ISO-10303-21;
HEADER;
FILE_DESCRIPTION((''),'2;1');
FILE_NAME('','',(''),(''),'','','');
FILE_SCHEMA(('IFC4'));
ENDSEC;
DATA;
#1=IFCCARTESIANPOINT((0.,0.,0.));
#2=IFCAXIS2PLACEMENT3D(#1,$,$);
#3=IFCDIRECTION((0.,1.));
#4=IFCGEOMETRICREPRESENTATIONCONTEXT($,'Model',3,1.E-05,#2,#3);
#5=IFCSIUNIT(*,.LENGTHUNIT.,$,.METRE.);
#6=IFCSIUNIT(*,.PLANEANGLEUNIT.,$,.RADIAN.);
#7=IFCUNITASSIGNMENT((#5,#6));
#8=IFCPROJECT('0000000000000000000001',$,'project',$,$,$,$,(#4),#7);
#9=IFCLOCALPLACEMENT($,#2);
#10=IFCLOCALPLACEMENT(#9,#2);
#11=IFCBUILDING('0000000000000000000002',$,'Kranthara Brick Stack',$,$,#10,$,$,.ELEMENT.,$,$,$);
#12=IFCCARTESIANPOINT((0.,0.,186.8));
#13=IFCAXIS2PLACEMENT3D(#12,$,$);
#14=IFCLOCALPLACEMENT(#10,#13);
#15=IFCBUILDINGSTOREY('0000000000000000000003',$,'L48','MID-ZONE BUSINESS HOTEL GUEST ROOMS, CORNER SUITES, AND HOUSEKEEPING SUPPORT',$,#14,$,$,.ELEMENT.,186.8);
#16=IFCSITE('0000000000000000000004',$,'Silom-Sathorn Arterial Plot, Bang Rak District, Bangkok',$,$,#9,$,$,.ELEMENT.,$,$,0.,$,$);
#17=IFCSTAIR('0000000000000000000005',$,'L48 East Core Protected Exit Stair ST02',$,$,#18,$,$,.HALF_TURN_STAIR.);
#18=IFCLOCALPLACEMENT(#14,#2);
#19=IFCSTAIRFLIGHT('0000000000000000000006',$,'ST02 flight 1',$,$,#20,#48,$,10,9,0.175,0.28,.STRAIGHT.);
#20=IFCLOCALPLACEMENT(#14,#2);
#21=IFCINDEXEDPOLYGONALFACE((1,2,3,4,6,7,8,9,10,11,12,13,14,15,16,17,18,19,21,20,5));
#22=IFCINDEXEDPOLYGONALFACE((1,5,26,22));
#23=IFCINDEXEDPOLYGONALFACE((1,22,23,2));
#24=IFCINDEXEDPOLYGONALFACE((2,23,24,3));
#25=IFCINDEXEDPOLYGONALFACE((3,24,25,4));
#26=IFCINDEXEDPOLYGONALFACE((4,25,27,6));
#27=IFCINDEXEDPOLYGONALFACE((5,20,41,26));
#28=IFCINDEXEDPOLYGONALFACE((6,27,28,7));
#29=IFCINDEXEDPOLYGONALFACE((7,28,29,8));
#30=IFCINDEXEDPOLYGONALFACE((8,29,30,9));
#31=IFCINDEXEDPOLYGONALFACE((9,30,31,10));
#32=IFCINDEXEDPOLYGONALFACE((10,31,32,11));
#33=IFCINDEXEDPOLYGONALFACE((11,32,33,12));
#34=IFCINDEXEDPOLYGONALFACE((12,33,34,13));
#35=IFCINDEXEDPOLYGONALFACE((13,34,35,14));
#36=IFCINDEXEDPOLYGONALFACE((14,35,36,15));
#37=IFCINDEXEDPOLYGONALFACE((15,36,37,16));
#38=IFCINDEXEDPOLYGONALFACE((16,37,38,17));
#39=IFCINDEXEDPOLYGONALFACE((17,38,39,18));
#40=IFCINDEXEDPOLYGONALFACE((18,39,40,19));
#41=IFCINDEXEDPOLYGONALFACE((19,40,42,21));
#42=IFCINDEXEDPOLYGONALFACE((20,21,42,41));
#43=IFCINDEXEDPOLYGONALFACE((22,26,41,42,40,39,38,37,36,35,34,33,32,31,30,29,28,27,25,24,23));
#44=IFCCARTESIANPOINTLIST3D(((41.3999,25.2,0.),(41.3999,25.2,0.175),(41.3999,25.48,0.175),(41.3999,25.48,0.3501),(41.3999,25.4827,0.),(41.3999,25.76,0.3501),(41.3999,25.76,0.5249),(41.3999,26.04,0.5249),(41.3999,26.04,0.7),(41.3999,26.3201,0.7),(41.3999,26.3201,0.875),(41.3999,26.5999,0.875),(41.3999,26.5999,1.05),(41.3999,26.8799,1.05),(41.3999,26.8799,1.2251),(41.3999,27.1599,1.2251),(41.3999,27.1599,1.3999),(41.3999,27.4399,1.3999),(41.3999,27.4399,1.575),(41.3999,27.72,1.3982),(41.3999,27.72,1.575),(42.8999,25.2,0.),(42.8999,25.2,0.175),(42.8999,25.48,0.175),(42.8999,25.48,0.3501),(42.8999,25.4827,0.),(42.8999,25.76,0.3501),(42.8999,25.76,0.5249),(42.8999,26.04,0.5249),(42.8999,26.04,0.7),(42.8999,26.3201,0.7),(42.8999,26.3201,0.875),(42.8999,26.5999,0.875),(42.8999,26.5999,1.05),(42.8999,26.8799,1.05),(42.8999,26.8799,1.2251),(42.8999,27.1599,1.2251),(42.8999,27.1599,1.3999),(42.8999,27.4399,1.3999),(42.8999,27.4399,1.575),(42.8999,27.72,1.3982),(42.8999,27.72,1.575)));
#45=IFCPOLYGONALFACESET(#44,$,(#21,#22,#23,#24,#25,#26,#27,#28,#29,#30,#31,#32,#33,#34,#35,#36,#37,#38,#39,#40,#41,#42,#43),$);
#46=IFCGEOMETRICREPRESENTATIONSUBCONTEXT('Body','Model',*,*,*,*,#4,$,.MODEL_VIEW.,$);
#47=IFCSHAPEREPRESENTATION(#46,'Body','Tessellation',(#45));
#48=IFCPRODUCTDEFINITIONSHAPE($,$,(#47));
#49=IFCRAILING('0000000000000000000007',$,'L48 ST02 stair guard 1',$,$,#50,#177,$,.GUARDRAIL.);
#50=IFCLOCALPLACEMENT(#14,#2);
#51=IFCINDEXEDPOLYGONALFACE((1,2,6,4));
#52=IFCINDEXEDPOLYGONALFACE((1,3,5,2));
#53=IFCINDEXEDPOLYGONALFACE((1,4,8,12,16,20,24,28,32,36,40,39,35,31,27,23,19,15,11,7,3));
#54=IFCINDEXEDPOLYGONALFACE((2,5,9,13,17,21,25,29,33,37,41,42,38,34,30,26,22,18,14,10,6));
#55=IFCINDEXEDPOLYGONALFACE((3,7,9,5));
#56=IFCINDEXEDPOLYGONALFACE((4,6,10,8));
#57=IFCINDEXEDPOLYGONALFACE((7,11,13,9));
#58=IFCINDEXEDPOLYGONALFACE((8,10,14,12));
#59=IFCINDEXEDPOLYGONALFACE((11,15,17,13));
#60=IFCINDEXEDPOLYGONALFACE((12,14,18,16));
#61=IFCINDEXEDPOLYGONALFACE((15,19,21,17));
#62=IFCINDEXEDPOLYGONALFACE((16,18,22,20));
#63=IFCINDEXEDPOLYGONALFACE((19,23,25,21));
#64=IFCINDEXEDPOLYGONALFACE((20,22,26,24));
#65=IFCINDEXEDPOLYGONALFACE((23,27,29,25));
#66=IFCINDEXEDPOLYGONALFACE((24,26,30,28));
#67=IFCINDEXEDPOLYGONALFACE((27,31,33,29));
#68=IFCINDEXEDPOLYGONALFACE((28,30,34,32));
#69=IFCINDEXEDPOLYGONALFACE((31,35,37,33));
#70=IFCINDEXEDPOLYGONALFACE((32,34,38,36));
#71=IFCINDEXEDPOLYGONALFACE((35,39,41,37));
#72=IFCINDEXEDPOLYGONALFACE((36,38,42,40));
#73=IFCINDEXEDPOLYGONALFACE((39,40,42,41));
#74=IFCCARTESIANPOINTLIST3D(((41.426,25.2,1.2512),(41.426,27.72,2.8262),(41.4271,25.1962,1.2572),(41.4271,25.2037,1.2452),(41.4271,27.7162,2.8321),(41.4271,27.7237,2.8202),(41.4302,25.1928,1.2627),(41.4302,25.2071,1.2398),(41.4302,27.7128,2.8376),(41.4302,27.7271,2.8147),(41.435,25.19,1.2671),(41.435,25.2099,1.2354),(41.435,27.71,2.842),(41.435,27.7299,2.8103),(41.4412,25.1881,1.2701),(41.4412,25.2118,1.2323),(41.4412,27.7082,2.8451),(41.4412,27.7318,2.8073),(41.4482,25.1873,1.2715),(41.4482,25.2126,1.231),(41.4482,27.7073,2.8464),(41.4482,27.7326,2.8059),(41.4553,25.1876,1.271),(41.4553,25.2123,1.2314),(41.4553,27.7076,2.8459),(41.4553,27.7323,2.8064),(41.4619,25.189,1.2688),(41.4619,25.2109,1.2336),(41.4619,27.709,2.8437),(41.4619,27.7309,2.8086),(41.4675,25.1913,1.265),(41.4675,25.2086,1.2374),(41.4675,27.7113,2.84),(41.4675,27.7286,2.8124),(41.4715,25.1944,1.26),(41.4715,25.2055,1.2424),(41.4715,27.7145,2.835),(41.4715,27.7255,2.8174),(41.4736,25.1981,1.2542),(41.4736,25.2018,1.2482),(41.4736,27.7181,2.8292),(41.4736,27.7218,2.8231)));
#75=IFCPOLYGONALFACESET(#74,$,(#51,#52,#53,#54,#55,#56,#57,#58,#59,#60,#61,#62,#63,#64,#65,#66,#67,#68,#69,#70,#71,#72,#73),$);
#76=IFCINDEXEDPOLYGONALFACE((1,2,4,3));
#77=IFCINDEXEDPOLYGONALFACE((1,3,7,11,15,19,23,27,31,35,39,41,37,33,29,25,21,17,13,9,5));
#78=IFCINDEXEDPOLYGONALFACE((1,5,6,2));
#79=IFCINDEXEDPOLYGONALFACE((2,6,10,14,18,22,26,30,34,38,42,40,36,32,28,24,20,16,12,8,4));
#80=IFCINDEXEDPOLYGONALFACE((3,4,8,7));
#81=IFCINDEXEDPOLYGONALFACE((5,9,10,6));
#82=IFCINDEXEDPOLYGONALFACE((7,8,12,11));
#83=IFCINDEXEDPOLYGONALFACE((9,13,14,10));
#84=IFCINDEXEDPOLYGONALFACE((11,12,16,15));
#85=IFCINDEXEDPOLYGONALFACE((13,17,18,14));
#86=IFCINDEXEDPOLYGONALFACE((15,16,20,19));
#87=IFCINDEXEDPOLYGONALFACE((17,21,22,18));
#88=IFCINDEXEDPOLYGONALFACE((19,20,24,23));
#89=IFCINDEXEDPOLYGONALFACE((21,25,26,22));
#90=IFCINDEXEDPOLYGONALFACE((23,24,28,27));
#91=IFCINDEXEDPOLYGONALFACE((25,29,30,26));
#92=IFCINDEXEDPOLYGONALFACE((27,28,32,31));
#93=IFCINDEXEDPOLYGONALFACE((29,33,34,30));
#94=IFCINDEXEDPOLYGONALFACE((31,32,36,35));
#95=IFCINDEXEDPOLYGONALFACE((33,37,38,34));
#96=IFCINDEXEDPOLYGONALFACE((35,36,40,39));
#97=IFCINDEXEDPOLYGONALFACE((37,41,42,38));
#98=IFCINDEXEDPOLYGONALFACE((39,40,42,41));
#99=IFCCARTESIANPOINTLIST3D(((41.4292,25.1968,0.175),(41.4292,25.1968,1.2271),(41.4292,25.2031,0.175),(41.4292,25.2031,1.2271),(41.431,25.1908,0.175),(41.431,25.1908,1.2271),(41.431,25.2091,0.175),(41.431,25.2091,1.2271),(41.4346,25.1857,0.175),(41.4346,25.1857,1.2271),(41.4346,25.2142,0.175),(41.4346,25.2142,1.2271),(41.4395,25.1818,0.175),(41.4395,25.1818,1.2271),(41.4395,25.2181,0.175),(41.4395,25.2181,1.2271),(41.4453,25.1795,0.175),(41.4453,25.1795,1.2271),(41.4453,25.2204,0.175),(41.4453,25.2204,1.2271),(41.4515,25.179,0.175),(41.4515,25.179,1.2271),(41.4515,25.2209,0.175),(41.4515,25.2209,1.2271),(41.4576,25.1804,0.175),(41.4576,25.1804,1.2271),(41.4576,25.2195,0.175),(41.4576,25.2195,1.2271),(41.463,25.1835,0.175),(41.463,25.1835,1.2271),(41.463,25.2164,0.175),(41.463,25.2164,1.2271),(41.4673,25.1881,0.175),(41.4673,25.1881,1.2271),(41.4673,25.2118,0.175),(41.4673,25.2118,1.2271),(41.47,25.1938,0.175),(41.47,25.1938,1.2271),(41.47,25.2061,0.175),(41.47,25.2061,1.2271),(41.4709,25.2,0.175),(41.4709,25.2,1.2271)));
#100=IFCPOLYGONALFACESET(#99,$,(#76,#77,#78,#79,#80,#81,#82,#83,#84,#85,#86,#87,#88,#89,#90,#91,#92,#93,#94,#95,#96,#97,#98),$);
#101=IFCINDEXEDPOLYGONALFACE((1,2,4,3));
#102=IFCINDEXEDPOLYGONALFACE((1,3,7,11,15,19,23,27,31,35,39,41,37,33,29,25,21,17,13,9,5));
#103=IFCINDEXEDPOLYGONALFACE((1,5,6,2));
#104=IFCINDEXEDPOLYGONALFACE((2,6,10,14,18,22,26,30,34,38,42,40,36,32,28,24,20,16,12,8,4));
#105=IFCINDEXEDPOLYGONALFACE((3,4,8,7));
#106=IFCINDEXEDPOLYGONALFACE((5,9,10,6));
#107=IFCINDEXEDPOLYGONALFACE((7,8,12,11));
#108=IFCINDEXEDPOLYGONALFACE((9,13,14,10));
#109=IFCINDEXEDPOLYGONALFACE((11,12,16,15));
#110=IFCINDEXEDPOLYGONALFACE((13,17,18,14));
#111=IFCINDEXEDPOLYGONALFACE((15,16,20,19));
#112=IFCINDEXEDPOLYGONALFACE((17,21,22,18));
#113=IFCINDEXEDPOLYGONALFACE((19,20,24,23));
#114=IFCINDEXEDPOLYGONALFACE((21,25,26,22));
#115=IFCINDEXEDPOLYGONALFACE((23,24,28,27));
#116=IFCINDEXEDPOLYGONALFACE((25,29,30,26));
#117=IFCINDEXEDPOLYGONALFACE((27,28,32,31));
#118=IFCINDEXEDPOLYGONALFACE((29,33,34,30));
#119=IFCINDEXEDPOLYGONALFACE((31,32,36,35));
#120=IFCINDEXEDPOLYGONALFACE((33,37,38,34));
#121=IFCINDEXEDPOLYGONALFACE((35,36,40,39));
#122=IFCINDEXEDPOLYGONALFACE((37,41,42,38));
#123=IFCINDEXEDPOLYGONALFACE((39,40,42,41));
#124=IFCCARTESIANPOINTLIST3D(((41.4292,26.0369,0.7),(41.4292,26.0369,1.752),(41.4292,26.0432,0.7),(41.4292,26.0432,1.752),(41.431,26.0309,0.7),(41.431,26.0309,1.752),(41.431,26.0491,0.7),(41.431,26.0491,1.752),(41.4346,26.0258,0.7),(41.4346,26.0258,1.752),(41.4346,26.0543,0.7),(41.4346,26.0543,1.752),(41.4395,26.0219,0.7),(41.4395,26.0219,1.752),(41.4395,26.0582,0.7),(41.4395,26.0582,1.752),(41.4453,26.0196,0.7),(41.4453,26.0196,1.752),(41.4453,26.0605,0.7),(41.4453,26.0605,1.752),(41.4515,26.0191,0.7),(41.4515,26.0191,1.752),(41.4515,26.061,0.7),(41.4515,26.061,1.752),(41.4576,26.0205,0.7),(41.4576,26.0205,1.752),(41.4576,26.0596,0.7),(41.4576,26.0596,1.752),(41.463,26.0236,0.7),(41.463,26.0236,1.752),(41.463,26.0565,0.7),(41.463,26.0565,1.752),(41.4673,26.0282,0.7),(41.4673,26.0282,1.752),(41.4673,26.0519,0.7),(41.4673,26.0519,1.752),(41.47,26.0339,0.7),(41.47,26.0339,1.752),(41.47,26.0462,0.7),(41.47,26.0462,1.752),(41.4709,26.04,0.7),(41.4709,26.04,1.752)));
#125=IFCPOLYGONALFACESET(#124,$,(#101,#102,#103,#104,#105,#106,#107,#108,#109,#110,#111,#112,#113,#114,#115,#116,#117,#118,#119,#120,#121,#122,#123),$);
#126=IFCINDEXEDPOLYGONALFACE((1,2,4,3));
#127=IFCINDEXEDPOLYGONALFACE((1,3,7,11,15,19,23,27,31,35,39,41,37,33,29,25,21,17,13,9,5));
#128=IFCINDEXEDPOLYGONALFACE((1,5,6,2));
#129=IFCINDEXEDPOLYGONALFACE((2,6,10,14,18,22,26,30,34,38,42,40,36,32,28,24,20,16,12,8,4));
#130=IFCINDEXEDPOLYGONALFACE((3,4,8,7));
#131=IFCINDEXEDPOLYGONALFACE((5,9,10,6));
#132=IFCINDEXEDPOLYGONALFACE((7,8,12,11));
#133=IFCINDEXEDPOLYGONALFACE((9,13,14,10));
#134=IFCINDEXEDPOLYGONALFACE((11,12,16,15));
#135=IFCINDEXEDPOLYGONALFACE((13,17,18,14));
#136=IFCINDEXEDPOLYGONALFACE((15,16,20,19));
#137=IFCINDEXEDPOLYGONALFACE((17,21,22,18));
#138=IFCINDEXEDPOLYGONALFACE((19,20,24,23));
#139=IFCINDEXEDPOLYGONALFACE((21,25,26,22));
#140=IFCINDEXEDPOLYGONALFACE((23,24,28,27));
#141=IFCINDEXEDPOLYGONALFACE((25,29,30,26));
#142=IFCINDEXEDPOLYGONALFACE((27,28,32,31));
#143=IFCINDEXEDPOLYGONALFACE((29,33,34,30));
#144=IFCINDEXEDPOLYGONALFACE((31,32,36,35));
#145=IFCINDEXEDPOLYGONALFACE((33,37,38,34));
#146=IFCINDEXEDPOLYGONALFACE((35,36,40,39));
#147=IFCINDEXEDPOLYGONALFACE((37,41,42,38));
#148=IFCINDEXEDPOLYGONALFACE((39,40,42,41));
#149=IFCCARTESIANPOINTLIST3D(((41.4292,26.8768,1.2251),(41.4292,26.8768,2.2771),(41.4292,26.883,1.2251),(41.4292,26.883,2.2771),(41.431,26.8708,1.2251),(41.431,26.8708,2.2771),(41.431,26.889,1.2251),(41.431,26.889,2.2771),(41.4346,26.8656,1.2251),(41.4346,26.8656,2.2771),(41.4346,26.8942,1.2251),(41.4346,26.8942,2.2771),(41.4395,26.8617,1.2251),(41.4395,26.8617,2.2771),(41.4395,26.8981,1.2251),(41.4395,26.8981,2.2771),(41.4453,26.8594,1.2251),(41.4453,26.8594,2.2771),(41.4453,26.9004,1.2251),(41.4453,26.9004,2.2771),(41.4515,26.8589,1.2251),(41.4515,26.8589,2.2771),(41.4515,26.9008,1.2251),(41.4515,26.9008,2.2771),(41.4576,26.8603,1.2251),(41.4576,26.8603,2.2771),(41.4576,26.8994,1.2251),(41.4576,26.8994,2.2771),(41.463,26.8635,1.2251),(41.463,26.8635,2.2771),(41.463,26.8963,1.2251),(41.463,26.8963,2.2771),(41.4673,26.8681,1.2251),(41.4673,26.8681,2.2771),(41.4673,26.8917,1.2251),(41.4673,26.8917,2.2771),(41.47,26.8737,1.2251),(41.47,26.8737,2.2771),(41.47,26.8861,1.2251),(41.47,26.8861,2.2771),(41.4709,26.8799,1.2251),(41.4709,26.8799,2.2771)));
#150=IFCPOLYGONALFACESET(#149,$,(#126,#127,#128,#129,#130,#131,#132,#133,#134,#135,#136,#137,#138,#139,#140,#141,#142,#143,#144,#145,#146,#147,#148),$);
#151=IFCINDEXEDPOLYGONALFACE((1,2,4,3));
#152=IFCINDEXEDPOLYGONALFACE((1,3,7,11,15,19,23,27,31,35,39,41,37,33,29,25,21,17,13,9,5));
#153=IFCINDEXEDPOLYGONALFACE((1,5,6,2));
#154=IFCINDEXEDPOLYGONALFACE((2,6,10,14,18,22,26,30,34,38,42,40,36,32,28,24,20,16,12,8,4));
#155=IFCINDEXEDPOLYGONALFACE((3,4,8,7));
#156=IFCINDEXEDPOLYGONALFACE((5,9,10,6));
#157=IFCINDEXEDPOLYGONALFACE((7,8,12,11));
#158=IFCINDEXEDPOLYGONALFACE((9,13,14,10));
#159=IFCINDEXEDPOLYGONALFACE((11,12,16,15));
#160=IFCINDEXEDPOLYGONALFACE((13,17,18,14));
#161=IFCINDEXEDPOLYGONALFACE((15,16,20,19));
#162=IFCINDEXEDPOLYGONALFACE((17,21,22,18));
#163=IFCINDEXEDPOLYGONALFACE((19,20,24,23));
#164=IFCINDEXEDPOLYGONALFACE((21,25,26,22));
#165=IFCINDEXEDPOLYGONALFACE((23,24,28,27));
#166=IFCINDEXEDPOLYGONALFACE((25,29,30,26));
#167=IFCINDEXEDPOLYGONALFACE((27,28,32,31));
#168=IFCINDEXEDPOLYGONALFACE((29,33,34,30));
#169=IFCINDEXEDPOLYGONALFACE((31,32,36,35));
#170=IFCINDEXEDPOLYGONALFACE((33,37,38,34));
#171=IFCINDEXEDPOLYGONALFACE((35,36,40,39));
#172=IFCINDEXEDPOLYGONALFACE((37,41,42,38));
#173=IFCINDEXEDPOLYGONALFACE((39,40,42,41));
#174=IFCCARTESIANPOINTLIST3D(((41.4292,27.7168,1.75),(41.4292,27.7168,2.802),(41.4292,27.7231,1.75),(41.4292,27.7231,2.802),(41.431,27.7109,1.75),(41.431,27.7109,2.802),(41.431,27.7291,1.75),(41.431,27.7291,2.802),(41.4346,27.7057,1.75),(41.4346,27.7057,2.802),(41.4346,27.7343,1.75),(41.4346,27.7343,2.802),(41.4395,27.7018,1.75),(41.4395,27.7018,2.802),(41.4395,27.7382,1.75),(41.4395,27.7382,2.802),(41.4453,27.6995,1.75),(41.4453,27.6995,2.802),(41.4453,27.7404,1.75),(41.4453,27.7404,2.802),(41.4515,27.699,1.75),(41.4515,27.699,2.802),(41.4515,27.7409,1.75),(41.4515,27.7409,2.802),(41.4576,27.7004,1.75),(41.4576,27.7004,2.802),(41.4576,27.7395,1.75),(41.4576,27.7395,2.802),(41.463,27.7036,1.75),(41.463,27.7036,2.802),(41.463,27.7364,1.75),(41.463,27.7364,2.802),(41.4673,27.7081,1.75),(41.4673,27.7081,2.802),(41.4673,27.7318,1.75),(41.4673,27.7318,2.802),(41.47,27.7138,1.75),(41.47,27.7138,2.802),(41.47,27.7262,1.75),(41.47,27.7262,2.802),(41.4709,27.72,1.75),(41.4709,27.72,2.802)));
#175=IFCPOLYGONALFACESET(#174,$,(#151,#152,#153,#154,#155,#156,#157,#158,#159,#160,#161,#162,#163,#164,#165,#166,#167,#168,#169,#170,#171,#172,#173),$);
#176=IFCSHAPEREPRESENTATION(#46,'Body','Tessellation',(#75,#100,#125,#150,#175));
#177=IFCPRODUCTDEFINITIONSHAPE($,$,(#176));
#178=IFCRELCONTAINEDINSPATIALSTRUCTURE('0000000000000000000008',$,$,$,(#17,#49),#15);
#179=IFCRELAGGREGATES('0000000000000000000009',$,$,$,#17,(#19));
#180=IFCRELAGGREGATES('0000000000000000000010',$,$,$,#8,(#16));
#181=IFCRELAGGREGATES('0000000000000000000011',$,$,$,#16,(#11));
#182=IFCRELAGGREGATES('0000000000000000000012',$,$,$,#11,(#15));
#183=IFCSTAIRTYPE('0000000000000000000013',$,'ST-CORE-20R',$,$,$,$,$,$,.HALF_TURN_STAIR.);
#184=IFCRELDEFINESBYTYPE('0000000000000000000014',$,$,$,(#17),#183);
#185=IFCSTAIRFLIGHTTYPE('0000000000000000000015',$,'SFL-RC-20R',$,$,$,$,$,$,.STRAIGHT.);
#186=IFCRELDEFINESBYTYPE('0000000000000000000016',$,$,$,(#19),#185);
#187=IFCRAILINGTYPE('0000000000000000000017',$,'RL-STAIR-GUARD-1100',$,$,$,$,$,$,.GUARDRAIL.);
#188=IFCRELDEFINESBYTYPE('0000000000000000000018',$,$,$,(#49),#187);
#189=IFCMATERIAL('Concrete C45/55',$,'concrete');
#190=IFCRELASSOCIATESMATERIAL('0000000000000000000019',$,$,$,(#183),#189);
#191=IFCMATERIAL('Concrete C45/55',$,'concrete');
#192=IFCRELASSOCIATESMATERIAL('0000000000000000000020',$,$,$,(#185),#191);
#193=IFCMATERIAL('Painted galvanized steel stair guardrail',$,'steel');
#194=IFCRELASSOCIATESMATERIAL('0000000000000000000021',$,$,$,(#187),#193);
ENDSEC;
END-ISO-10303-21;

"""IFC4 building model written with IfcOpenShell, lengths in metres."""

from ifc_helpers import new_model, si_unit, direction, frame, origin, origin_2d, place, context, subcontext, project, spatial, polyline, circle, outline, extrude, material, type_object, element, aggregate, save


model = new_model("IFC4")

# Units and contexts
model_context = context("Model", 3, precision=1e-05, world=origin(), true_north=direction((0.0, 1.0)))
body_context = subcontext(model_context, "Body", "Model", "MODEL_VIEW")
ifc_project = project(units=[si_unit("LENGTHUNIT", "METRE"), si_unit("PLANEANGLEUNIT", "RADIAN")], contexts=[model_context])

# Site, building, storey
site_placement = place(None, origin())
site = spatial("IfcSite", under=ifc_project, at=site_placement, Name="Silom-Sathorn Arterial Plot, Bang Rak District, Bangkok", CompositionType="ELEMENT", RefElevation=0.0)
building_placement = place(site_placement, origin())
building = spatial("IfcBuilding", under=site, at=building_placement, Name="Kranthara Brick Stack", CompositionType="ELEMENT")
storey_placement = place(building_placement, frame((0.0, 0.0, 186.8)))
storey = spatial("IfcBuildingStorey", under=building, at=storey_placement, Name="L48", Description="MID-ZONE BUSINESS HOTEL GUEST ROOMS, CORNER SUITES, AND HOUSEKEEPING SUPPORT", CompositionType="ELEMENT", Elevation=186.8)

# Stair, stair flight
ifc_material_1 = material(Name="Concrete C45/55", Category="concrete")
stair_type = type_object("IfcStairType", Name="ST-CORE-20R", PredefinedType="HALF_TURN_STAIR", material=ifc_material_1)
stair_placement = place(storey_placement, origin())
stair = element("IfcStair", 1, at=stair_placement, inside=storey, type_object=stair_type, Name="L48 East Core Protected Exit Stair ST02", PredefinedType="HALF_TURN_STAIR")
ifc_material_2 = material(Name="Concrete C45/55", Category="concrete")
stair_flight_type = type_object("IfcStairFlightType", Name="SFL-RC-20R", PredefinedType="STRAIGHT", material=ifc_material_2)
stair_flight_placement = place(storey_placement, frame((42.1499, 25.2, 0.0), z_axis=(0.0, 0.0, 1.0), x_axis=(0.0, 1.0, 0.0)))
stair_flight = element("IfcStairFlight", 2, at=stair_flight_placement, type_object=stair_flight_type, Name="ST02 flight 1", NumberOfRisers=10, NumberOfTreads=9, PredefinedType="STRAIGHT", RiserHeight=0.175, TreadLength=0.28, context=body_context, shape_type="SweptSolid", body=[
    extrude(outline(polyline([(0.0, 0.0), (0.0, 0.175), (0.28, 0.175), (0.28, 0.3501), (0.5601, 0.3501), (0.5601, 0.5249), (0.8401, 0.5249), (0.8401, 0.7), (1.1201, 0.7), (1.1201, 0.875), (1.3999, 0.875), (1.3999, 1.05), (1.6799, 1.05), (1.6799, 1.2251), (1.96, 1.2251), (1.96, 1.3999), (2.24, 1.3999), (2.24, 1.575), (2.52, 1.575), (2.52, 1.75), (2.52, 1.3982), (0.2827, 0.0), (0.0, 0.0)])), frame((0.0, 0.75, 0.0), z_axis=(0.0, -1.0, 0.0), x_axis=(1.0, 0.0, 0.0)), (0.0, 0.0, 1.0), 1.5),
])
aggregate(stair, [stair_flight])

# Railing
ifc_material_3 = material(Name="Painted galvanized steel stair guardrail", Category="steel")
railing_type_1 = type_object("IfcRailingType", Name="RL-STAIR-GUARD-1100", PredefinedType="GUARDRAIL", material=ifc_material_3)
railing_1_placement = place(storey_placement, frame((41.45, 25.2, 0.175)))
element("IfcRailing", 3, at=railing_1_placement, inside=storey, type_object=railing_type_1, Name="L48 ST02 stair guard 1", PredefinedType="GUARDRAIL", context=body_context, shape_type="SweptSolid", body=[
    extrude(circle(Radius=0.0239, at=origin_2d()), frame((0.0, 0.0, 1.0762), z_axis=(0.0, 0.848008, 0.529984), x_axis=(-1.0, 0.0, 0.0)), (0.0, 0.0, 1.0), 2.9717),
    extrude(circle(Radius=0.021, at=origin_2d()), origin(), (0.0, 0.0, 1.0), 1.052),
    extrude(circle(Radius=0.021, at=origin_2d()), frame((0.0, 0.8401, 0.5249)), (0.0, 0.0, 1.0), 1.052),
    extrude(circle(Radius=0.021, at=origin_2d()), frame((0.0, 1.6799, 1.05)), (0.0, 0.0, 1.0), 1.052),
    extrude(circle(Radius=0.021, at=origin_2d()), frame((0.0, 2.52, 1.575)), (0.0, 0.0, 1.0), 1.052),
])

save(model, "model.ifc")
